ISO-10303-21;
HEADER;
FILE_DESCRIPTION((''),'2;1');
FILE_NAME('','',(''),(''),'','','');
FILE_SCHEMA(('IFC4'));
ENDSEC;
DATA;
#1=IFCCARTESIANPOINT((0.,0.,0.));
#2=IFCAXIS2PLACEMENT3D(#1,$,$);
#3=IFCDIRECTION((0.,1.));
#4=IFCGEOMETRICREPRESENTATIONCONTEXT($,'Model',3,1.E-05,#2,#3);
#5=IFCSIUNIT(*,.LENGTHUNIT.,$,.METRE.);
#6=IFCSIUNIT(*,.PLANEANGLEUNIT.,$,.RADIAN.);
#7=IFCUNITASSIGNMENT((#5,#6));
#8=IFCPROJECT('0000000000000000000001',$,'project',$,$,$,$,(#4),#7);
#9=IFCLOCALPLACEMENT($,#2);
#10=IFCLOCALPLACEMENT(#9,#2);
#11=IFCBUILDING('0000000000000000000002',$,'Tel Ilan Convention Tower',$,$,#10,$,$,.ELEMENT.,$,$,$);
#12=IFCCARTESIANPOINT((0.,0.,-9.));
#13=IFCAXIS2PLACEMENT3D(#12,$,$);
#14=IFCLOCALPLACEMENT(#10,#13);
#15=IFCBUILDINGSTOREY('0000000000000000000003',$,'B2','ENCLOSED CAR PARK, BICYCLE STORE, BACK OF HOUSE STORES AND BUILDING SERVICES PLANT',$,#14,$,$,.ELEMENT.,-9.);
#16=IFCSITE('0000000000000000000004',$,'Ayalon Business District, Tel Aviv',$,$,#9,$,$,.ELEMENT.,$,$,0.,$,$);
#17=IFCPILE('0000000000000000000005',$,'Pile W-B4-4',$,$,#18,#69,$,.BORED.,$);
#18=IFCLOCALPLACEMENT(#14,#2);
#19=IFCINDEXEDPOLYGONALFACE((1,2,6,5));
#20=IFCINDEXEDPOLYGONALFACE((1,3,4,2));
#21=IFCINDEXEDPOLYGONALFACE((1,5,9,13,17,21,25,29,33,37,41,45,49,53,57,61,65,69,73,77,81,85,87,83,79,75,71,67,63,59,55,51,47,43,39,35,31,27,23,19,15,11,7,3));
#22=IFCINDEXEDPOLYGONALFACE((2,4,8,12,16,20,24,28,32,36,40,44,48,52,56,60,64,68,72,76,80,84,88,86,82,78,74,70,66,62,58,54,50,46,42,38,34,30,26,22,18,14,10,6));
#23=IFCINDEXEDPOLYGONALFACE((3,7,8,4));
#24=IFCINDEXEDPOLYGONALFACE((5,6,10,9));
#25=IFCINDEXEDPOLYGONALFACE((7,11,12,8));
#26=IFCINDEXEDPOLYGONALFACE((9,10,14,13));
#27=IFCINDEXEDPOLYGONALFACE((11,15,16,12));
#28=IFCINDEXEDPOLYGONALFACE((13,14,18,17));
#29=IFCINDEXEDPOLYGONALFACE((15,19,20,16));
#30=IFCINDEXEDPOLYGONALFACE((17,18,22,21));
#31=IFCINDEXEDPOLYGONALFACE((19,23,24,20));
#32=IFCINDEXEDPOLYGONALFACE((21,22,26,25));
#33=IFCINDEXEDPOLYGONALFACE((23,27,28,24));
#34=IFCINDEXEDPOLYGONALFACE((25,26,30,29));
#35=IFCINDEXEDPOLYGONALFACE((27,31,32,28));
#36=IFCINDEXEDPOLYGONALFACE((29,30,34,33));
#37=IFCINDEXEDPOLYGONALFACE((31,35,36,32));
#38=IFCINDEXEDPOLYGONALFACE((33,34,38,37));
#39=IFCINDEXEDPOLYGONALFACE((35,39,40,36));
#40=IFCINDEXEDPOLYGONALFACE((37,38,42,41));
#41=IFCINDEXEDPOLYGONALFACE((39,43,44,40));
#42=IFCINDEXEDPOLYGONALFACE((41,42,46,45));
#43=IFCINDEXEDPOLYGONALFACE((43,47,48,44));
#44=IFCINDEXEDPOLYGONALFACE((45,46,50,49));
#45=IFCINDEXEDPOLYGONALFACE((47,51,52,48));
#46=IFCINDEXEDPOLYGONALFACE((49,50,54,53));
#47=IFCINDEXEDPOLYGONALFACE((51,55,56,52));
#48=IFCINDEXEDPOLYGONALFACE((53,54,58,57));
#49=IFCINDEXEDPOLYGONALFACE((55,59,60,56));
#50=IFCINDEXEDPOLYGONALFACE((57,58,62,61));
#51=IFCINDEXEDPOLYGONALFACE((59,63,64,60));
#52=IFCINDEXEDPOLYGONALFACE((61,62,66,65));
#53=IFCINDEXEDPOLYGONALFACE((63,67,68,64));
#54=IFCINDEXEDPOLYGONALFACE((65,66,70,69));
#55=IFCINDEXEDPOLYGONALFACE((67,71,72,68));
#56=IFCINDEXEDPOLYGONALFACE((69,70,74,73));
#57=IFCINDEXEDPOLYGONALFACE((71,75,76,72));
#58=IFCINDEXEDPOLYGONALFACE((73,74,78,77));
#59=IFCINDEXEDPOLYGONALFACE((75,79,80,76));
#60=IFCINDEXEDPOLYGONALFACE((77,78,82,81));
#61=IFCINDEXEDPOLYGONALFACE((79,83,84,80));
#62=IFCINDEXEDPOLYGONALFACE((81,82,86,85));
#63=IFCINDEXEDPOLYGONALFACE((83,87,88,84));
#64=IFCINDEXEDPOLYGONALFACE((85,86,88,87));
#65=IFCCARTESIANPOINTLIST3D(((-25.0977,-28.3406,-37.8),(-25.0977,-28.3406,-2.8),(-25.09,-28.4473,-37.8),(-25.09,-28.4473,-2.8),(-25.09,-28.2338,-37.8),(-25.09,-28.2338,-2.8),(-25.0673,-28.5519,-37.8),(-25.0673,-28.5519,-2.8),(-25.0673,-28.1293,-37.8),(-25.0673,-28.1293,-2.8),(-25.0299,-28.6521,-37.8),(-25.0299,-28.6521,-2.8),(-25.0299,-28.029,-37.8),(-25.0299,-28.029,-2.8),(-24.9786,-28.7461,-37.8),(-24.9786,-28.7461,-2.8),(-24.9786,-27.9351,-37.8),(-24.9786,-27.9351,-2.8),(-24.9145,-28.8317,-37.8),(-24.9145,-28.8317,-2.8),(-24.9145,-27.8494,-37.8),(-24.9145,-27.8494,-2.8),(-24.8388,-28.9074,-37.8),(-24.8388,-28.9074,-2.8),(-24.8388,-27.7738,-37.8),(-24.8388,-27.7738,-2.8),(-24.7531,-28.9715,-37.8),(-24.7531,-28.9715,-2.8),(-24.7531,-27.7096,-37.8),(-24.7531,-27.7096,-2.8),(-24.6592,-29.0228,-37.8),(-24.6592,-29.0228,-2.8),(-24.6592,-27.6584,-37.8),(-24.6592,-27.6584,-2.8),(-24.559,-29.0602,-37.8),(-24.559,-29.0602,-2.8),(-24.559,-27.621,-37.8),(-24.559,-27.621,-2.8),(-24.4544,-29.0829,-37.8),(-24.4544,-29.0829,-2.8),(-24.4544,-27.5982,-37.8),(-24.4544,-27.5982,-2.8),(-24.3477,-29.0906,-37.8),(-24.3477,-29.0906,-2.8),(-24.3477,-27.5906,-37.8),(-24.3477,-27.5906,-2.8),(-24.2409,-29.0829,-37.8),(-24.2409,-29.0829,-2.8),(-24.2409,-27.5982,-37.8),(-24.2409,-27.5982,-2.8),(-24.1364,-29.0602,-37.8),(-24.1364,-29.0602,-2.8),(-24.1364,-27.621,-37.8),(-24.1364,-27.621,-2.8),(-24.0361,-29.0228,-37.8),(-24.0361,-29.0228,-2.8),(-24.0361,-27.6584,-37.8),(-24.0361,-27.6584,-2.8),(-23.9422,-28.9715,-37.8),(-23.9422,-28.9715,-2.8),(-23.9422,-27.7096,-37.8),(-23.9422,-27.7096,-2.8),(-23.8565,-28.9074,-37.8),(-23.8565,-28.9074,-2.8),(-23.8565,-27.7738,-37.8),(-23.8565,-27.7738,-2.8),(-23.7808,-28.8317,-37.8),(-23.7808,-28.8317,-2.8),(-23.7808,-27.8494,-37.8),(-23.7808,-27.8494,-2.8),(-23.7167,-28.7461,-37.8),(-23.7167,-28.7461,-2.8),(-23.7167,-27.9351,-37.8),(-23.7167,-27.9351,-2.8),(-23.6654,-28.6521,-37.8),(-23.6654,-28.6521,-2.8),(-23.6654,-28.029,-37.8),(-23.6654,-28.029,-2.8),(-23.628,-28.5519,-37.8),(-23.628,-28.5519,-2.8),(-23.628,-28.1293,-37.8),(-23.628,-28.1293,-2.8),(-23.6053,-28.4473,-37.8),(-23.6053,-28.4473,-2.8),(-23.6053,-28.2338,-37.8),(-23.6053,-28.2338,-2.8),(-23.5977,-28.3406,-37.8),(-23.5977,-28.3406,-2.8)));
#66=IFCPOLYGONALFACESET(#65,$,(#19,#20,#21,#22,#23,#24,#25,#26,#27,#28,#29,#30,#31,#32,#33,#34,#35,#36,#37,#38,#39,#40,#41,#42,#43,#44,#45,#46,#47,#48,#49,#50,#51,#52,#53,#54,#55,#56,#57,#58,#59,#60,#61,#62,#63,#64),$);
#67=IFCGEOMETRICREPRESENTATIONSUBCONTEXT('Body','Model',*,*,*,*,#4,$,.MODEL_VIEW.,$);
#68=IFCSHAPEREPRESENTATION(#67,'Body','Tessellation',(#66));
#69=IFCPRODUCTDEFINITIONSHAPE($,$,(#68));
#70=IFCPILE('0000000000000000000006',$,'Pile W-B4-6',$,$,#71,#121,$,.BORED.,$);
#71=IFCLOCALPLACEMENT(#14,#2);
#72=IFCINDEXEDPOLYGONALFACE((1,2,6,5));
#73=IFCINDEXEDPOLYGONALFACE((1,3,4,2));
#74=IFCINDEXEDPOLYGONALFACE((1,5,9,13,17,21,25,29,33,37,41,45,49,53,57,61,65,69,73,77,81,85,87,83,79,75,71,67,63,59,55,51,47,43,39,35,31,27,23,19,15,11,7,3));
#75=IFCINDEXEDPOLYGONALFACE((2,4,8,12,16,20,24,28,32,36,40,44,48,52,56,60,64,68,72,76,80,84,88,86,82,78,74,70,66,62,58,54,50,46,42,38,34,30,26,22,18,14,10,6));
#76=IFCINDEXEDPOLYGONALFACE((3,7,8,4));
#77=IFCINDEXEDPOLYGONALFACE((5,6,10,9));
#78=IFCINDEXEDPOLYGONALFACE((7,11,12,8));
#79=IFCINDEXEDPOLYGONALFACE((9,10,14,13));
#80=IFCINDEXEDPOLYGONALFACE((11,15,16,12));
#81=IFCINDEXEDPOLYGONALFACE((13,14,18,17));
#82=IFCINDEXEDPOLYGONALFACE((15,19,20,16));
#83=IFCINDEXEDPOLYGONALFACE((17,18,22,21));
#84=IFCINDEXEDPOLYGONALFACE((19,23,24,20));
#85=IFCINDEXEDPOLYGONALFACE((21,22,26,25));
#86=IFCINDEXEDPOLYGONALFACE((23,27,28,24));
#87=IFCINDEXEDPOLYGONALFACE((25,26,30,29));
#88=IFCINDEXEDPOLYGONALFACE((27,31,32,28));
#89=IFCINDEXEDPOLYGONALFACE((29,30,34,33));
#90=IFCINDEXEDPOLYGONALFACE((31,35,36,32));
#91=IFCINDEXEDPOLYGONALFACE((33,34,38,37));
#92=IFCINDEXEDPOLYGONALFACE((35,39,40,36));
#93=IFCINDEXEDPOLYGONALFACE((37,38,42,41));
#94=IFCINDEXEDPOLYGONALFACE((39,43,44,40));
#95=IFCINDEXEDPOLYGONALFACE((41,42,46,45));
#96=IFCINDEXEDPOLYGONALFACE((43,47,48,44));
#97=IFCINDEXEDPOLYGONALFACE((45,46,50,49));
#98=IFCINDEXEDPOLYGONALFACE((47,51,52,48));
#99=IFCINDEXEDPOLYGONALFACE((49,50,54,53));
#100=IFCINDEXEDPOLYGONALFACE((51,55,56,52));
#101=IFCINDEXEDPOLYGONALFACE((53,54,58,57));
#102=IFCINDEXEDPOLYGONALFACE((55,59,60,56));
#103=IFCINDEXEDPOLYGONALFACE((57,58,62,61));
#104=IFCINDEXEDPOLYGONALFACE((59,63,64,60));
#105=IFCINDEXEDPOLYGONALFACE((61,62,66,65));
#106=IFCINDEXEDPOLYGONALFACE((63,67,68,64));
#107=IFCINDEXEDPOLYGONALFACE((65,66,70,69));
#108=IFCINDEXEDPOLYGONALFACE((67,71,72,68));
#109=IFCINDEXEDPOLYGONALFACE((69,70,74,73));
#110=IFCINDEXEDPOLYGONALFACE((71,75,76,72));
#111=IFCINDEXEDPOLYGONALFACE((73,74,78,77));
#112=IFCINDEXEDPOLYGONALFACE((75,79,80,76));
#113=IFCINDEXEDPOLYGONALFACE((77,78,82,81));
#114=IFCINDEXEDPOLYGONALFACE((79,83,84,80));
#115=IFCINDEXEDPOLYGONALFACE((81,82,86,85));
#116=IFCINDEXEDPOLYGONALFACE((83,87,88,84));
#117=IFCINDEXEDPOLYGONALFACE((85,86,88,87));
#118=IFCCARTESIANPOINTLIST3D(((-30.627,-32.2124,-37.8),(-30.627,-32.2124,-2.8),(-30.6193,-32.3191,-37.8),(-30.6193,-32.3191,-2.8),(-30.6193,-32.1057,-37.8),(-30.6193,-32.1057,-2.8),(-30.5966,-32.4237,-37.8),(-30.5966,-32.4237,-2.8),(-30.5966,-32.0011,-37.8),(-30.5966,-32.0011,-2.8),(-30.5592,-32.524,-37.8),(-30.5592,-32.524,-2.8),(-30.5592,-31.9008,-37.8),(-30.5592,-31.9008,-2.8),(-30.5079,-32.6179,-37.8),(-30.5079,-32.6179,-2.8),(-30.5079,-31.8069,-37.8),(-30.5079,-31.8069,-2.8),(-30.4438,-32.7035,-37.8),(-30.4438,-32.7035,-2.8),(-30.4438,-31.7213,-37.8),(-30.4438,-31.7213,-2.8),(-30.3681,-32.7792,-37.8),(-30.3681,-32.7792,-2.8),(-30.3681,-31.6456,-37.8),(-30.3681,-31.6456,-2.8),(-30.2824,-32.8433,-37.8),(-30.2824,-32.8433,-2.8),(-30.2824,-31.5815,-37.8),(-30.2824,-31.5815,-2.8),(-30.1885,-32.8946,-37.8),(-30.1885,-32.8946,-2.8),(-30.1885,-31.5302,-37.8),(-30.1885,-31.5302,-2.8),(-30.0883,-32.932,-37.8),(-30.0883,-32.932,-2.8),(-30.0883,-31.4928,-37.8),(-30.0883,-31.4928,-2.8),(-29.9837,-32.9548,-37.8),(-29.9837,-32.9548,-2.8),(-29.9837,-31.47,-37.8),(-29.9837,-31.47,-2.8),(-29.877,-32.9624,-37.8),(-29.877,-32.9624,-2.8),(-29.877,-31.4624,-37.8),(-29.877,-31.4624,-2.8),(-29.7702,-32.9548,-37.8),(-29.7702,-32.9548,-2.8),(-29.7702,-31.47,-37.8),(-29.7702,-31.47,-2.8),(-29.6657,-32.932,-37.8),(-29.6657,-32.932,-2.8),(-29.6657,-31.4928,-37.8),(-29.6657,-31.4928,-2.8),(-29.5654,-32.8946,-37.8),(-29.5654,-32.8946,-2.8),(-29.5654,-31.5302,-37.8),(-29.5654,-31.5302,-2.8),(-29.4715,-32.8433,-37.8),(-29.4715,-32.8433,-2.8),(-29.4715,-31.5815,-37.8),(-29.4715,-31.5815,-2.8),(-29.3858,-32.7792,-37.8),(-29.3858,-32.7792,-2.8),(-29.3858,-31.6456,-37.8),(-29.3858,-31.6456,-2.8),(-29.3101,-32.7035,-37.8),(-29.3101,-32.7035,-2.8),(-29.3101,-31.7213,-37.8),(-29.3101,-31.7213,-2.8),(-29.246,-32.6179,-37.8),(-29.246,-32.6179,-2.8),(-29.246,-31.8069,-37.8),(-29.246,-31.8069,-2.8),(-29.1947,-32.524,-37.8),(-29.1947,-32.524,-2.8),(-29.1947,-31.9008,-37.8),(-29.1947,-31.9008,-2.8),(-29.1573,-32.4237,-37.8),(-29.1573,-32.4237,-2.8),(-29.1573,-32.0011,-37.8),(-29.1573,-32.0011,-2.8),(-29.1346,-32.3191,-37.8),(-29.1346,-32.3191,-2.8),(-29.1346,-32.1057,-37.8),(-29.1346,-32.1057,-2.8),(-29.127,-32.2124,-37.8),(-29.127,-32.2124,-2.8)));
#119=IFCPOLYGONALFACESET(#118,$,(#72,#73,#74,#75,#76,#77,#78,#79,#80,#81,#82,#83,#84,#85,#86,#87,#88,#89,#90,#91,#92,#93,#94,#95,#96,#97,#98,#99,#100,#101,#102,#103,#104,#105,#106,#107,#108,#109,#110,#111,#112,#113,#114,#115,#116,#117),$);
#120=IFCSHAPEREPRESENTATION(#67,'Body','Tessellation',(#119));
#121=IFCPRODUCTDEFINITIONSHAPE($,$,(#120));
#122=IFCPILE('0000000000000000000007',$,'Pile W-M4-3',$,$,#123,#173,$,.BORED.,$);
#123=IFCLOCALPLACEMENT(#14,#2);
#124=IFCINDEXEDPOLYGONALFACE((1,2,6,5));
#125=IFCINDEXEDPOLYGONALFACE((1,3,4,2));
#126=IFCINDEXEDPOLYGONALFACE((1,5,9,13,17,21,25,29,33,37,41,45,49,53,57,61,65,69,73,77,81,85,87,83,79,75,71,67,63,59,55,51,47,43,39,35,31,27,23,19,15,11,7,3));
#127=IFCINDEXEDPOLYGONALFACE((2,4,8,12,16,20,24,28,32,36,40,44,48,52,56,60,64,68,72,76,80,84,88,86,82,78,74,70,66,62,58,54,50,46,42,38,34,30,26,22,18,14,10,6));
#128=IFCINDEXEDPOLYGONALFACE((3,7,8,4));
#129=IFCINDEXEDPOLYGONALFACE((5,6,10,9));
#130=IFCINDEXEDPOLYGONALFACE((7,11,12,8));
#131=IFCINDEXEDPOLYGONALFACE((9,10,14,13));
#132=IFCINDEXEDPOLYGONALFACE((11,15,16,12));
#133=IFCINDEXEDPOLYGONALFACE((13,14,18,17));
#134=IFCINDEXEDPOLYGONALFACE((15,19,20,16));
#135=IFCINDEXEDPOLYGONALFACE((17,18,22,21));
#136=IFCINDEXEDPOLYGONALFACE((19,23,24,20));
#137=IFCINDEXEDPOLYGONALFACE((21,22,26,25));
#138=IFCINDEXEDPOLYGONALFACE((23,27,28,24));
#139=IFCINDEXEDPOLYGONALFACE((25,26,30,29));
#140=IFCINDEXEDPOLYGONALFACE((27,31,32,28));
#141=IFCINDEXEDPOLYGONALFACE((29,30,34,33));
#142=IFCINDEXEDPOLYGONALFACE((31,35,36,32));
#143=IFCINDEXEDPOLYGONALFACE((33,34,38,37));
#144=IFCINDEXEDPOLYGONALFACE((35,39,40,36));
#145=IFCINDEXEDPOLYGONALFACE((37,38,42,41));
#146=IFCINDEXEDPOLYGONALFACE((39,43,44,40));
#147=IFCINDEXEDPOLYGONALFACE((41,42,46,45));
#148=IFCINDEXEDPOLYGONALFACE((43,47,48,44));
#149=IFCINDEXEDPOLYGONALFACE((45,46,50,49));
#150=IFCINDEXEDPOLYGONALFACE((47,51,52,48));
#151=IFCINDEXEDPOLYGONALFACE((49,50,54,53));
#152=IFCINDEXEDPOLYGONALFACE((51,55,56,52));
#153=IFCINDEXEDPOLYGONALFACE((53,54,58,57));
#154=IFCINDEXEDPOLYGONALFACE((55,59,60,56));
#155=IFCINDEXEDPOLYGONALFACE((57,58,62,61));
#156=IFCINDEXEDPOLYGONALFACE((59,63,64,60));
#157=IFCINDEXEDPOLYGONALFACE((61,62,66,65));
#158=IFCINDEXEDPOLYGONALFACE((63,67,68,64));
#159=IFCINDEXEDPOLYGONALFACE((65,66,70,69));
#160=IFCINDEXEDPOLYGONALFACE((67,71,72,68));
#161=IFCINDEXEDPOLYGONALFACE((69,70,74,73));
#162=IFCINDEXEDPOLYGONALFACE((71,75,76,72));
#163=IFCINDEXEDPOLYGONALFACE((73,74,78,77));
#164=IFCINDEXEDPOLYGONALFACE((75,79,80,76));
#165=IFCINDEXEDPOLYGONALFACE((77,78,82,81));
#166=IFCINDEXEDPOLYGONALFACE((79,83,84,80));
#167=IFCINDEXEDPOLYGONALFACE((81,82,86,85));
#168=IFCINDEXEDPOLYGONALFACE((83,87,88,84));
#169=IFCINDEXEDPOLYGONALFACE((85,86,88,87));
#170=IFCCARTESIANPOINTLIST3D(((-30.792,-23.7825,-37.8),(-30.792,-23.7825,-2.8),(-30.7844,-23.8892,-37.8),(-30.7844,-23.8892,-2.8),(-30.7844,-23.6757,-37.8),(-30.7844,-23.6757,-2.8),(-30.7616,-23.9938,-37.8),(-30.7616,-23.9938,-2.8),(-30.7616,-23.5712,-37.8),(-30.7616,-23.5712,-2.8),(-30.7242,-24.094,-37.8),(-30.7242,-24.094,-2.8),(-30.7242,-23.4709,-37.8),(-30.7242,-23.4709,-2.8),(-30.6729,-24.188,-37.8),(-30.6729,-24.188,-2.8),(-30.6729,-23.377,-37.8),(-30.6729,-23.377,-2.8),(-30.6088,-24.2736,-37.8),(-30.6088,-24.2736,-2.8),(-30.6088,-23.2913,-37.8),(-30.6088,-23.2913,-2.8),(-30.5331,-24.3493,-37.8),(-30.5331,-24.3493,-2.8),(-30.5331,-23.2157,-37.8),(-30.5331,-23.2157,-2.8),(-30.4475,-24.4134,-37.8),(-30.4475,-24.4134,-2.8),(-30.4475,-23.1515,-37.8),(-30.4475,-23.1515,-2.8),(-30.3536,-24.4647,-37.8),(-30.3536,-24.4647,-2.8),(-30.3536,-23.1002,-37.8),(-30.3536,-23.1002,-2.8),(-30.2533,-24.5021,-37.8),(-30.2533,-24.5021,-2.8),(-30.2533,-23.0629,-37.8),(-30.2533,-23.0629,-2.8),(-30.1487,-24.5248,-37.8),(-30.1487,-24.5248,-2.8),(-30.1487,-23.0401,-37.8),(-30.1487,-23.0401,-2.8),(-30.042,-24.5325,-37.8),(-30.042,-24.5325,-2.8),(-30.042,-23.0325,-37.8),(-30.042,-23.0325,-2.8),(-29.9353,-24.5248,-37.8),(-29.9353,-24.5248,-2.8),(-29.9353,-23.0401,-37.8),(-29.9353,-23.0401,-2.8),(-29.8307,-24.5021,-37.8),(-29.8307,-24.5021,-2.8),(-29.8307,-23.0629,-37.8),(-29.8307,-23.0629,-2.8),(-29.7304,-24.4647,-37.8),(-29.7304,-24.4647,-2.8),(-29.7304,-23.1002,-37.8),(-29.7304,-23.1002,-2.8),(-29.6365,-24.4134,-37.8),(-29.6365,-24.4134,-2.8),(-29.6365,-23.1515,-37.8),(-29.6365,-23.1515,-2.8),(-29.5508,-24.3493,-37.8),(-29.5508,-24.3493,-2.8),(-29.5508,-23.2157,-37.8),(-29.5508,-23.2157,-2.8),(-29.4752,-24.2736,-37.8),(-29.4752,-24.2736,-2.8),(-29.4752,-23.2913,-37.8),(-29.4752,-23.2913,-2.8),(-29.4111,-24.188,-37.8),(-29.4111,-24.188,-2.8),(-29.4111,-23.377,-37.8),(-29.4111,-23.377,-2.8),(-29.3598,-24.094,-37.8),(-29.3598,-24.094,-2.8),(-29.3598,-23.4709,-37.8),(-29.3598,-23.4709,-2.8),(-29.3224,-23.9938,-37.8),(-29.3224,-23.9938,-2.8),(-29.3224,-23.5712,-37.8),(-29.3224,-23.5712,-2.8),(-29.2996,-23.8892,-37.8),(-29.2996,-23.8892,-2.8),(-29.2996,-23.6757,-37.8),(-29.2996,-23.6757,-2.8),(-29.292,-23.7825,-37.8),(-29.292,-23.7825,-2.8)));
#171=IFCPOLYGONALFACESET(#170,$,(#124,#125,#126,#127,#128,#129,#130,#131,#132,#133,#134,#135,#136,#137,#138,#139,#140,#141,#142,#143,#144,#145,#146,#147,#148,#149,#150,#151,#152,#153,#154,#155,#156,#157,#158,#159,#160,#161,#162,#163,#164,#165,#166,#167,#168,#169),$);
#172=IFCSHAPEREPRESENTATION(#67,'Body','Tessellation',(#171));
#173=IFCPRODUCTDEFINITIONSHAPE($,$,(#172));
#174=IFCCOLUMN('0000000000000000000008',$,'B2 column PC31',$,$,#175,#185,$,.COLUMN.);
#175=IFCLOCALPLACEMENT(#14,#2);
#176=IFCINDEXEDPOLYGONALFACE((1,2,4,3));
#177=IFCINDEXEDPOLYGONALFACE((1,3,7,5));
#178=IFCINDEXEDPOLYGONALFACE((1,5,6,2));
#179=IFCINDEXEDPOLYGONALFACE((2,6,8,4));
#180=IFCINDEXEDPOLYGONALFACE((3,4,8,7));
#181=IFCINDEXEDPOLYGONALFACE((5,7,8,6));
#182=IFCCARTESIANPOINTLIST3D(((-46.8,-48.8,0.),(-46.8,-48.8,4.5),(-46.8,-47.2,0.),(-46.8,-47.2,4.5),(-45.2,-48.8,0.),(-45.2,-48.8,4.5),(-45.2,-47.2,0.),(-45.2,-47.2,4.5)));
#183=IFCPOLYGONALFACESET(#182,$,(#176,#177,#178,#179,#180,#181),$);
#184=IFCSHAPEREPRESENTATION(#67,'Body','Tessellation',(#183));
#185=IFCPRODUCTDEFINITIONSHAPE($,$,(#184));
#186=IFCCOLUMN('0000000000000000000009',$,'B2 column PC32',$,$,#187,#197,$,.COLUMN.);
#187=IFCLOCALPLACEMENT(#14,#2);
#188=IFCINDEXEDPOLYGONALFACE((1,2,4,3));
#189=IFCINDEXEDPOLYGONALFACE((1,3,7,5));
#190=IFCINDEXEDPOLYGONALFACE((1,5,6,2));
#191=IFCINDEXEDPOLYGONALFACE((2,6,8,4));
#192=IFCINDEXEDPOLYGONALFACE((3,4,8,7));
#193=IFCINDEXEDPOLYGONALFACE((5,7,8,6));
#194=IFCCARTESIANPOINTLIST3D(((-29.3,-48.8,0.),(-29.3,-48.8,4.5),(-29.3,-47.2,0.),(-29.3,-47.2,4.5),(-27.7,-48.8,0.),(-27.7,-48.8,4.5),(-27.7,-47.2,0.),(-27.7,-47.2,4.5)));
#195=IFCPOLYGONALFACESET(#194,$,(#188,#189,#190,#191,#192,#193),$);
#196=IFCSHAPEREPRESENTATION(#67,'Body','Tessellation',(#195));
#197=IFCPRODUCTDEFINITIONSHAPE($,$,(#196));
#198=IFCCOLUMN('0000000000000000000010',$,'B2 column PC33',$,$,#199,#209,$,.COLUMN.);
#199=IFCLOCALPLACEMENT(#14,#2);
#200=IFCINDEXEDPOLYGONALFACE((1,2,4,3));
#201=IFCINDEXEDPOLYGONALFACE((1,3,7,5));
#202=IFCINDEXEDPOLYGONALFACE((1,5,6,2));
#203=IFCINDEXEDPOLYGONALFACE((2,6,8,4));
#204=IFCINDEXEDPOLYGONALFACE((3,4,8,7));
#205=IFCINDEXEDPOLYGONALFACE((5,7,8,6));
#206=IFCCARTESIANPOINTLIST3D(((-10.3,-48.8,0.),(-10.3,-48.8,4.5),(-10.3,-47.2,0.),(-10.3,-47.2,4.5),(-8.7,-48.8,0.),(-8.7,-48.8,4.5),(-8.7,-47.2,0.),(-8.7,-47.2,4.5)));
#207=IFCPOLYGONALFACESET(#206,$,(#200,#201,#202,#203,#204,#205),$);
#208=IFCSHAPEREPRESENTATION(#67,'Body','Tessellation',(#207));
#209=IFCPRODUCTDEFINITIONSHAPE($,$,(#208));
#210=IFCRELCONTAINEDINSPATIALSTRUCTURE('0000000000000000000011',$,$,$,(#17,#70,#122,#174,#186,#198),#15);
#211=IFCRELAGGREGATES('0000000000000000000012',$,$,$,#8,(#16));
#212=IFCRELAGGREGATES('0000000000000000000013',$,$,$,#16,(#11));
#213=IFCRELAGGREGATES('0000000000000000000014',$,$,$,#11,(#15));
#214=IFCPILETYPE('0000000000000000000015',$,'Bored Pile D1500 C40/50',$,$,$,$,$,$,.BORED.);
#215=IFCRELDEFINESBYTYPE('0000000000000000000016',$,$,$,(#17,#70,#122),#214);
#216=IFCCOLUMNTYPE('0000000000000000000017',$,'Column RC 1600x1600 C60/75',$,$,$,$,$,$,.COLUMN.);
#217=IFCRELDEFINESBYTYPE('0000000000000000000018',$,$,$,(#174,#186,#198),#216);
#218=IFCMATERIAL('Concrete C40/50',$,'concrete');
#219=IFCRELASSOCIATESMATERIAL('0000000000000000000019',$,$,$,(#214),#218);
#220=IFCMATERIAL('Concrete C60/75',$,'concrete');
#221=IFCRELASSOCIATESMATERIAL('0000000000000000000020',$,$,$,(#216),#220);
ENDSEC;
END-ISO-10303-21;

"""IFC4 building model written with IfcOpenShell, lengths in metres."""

from ifc_helpers import new_model, si_unit, direction, frame, origin, origin_2d, place, context, subcontext, project, spatial, rectangle, circle, extrude, material, material_profile, profile_set, type_object, element, save


model = new_model("IFC4")

# Units and contexts
model_context = context("Model", 3, precision=1e-05, world=origin(), true_north=direction((0.0, 1.0)))
body_context = subcontext(model_context, "Body", "Model", "MODEL_VIEW")
ifc_project = project(units=[si_unit("LENGTHUNIT", "METRE"), si_unit("PLANEANGLEUNIT", "RADIAN")], contexts=[model_context])

# Site, building, storey
site_placement = place(None, origin())
site = spatial("IfcSite", under=ifc_project, at=site_placement, Name="Ayalon Business District, Tel Aviv", CompositionType="ELEMENT", RefElevation=0.0)
building_placement = place(site_placement, origin())
building = spatial("IfcBuilding", under=site, at=building_placement, Name="Tel Ilan Convention Tower", CompositionType="ELEMENT")
storey_placement = place(building_placement, frame((0.0, 0.0, -9.0)))
storey = spatial("IfcBuildingStorey", under=building, at=storey_placement, Name="B2", Description="ENCLOSED CAR PARK, BICYCLE STORE, BACK OF HOUSE STORES AND BUILDING SERVICES PLANT", CompositionType="ELEMENT", Elevation=-9.0)

# Piles
ifc_material_1 = material(Name="Concrete C40/50", Category="concrete")
ifc_material_profile_1 = material_profile(ifc_material_1, circle(Radius=0.75, at=origin_2d()), Name="BORED D1500")
ifc_profile_set_1 = profile_set([ifc_material_profile_1], Name="Concrete C40/50")
pile_type_1 = type_object("IfcPileType", Name="Bored Pile D1500 C40/50", PredefinedType="BORED", material=ifc_profile_set_1)
for number, where, z_axis, x_axis, name in (
    (1, (-24.3477, -28.3406, -2.8), (0.0, 0.0, -1.0), (1.0, 0.0, 0.0), "Pile W-B4-4"),
    (2, (-29.877, -32.2124, -2.8), (0.0, 0.0, -1.0), (1.0, 0.0, 0.0), "Pile W-B4-6"),
    (3, (-30.042, -23.7825, -2.8), (0.0, 0.0, -1.0), (1.0, 0.0, 0.0), "Pile W-M4-3"),
):
    element("IfcPile", number, at=place(storey_placement, frame(where, z_axis=z_axis, x_axis=x_axis)), inside=storey, type_object=pile_type_1, Name=name, PredefinedType="BORED", context=body_context, shape_type="SweptSolid", body=[
        extrude(circle(Radius=0.75, at=origin_2d()), origin(), (0.0, 0.0, 1.0), 35.0),
    ])

# Columns
ifc_material_2 = material(Name="Concrete C60/75", Category="concrete")
ifc_material_profile_2 = material_profile(ifc_material_2, rectangle(XDim=1.6001, YDim=1.6001, at=origin_2d()), Name="RC 1600x1600")
ifc_profile_set_2 = profile_set([ifc_material_profile_2], Name="Concrete C60/75")
column_type_1 = type_object("IfcColumnType", Name="Column RC 1600x1600 C60/75", PredefinedType="COLUMN", material=ifc_profile_set_2)
for number, where, z_axis, x_axis, name in (
    (4, (-46.0, -48.0, 0.0), (0.0, 0.0, 1.0), (1.0, 0.0, 0.0), "B2 column PC31"),
    (5, (-28.5, -48.0, 0.0), (0.0, 0.0, 1.0), (1.0, 0.0, 0.0), "B2 column PC32"),
    (6, (-9.5, -48.0, 0.0), (0.0, 0.0, 1.0), (1.0, 0.0, 0.0), "B2 column PC33"),
):
    element("IfcColumn", number, at=place(storey_placement, frame(where, z_axis=z_axis, x_axis=x_axis)), inside=storey, type_object=column_type_1, Name=name, PredefinedType="COLUMN", context=body_context, shape_type="SweptSolid", body=[
        extrude(rectangle(XDim=1.6001, YDim=1.6001, at=origin_2d()), origin(), (0.0, 0.0, 1.0), 4.5),
    ])

save(model, "model.ifc")
